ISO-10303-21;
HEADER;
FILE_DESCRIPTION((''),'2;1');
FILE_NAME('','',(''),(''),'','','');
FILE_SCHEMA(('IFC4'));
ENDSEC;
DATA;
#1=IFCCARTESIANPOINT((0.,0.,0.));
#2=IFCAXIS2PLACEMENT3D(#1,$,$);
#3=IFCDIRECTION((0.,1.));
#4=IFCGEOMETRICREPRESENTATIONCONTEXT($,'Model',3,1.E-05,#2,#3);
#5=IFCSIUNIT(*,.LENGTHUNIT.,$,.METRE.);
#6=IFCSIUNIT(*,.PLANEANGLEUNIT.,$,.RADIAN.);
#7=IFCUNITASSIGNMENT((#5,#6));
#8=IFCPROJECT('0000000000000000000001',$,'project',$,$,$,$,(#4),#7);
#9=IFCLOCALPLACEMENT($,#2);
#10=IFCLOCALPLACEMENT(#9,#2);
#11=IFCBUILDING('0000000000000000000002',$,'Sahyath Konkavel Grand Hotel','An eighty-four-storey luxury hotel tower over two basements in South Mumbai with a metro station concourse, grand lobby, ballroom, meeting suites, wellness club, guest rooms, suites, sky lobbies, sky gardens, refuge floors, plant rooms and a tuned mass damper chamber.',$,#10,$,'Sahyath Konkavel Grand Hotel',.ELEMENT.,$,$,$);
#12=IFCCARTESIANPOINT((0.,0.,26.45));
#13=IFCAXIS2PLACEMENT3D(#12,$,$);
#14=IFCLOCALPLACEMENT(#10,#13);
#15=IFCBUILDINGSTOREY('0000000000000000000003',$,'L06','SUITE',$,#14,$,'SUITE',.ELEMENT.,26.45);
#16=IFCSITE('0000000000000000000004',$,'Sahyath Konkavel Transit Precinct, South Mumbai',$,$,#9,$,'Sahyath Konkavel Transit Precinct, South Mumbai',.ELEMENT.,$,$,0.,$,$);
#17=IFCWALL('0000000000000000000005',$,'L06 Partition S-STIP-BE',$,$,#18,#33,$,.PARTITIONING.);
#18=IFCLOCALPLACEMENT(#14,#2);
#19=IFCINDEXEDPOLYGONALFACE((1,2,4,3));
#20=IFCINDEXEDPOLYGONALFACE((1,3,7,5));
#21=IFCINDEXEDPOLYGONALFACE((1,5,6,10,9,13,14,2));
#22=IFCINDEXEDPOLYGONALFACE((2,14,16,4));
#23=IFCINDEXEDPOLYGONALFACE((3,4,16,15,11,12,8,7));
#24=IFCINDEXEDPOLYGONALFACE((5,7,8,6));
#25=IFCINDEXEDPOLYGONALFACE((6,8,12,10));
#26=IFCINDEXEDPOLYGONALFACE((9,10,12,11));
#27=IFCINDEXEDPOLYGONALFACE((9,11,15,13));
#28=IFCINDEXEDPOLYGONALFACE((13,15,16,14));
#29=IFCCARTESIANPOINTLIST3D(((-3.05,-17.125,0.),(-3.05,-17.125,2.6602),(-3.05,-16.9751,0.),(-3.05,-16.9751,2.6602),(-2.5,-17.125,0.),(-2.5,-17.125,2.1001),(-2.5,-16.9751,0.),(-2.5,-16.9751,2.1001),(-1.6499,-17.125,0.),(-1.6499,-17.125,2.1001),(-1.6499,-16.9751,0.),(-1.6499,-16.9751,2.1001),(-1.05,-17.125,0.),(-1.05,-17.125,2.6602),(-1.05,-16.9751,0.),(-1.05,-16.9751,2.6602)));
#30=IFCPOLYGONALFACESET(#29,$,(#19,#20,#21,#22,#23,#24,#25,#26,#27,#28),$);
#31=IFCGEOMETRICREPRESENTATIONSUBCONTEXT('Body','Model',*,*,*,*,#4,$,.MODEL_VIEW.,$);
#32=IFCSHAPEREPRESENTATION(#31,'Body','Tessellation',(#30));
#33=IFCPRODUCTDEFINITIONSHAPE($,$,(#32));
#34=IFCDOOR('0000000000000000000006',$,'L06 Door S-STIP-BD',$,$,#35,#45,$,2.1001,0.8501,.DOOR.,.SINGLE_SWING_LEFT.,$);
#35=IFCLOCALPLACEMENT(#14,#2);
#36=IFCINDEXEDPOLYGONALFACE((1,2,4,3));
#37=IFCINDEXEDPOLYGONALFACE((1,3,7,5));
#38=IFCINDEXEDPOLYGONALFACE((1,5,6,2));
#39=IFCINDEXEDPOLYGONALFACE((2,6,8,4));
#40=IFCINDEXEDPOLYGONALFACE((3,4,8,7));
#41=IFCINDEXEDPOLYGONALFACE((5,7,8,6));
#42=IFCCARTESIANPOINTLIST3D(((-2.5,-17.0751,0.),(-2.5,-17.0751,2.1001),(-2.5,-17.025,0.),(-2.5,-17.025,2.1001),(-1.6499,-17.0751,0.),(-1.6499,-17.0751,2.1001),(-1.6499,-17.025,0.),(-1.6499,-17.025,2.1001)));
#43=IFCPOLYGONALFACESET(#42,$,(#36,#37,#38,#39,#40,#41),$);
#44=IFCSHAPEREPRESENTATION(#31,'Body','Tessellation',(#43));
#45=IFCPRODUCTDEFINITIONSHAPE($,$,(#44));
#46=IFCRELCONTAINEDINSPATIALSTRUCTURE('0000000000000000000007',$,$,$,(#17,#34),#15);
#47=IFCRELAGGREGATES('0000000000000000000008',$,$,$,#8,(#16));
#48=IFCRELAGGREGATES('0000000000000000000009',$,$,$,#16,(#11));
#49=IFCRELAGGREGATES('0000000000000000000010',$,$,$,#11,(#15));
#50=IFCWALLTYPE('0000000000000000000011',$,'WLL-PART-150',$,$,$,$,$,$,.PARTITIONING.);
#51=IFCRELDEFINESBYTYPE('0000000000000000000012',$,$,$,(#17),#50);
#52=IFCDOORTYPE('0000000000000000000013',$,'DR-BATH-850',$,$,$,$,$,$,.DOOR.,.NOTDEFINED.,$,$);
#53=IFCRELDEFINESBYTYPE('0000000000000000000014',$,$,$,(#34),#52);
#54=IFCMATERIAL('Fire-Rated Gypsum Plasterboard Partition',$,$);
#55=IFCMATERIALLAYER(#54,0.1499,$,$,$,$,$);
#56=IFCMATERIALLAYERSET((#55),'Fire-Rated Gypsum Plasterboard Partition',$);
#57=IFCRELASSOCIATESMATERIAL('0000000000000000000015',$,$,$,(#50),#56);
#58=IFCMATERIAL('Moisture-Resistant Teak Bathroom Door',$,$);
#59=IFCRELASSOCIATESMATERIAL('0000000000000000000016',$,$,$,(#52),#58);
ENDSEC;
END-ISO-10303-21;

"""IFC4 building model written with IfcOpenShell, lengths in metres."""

from ifc_helpers import new_model, si_unit, direction, frame, frame_2d, origin, origin_2d, place, context, subcontext, project, spatial, rectangle, extrude, source, transform, mapped, material, layer, layer_set, type_object, element, fill, save


model = new_model("IFC4")

# Units and contexts
model_context = context("Model", 3, precision=1e-05, world=origin(), true_north=direction((0.0, 1.0)))
body_context = subcontext(model_context, "Body", "Model", "MODEL_VIEW")
ifc_project = project(units=[si_unit("LENGTHUNIT", "METRE"), si_unit("PLANEANGLEUNIT", "RADIAN")], contexts=[model_context])

# Site, building, storey
site_placement = place(None, origin())
site = spatial("IfcSite", under=ifc_project, at=site_placement, Name="Sahyath Konkavel Transit Precinct, South Mumbai", LongName="Sahyath Konkavel Transit Precinct, South Mumbai", CompositionType="ELEMENT", RefElevation=0.0)
building_placement = place(site_placement, origin())
building = spatial("IfcBuilding", under=site, at=building_placement, Name="Sahyath Konkavel Grand Hotel", Description="An eighty-four-storey luxury hotel tower over two basements in South Mumbai with a metro station concourse, grand lobby, ballroom, meeting suites, wellness club, guest rooms, suites, sky lobbies, sky gardens, refuge floors, plant rooms and a tuned mass damper chamber.", LongName="Sahyath Konkavel Grand Hotel", CompositionType="ELEMENT")
storey_placement = place(building_placement, frame((0.0, 0.0, 26.45)))
storey = spatial("IfcBuildingStorey", under=building, at=storey_placement, Name="L06", Description="SUITE", LongName="SUITE", CompositionType="ELEMENT", Elevation=26.45)

# Shared definitions
shared_shape_1 = source(origin(), body_context, "Body", "SweptSolid", [
    extrude(rectangle(XDim=0.8501, YDim=0.05, at=origin_2d()), origin(), (0.0, 0.0, 1.0), 2.1001),
])

# Shared definitions
ifc_material_1 = material(Name="Fire-Rated Gypsum Plasterboard Partition")
ifc_layer_1 = layer(ifc_material_1, 0.1499)
ifc_layer_set_1 = layer_set([ifc_layer_1], Name="Fire-Rated Gypsum Plasterboard Partition")
wall_type_1 = type_object("IfcWallType", Name="WLL-PART-150", PredefinedType="PARTITIONING", material=ifc_layer_set_1)

# Wall, opening, door
wall_1_placement = place(storey_placement, frame((-3.05, -17.05, 0.0), z_axis=(0.0, 0.0, 1.0), x_axis=(1.0, 0.0, 0.0)))
wall_1 = element("IfcWall", 1, at=wall_1_placement, inside=storey, type_object=wall_type_1, Name="L06 Partition S-STIP-BE", PredefinedType="PARTITIONING", context=body_context, shape_type="SweptSolid", body=[
    extrude(rectangle(XDim=2.0, YDim=0.1499, at=frame_2d((1.0, 0.0))), origin(), (0.0, 0.0, 1.0), 2.6602),
])
opening_1_placement = place(wall_1_placement, frame((0.55, 0.0, 0.0)))
opening_1 = element("IfcOpeningElement", 2, at=opening_1_placement, cuts=wall_1, PredefinedType="OPENING", context=body_context, shape_type="SweptSolid", body=[
    extrude(rectangle(XDim=0.8501, YDim=2.1001, at=frame_2d((0.425, 1.05))), frame((0.0, 0.085, 0.0), z_axis=(0.0, -1.0, 0.0), x_axis=(1.0, 0.0, 0.0)), (0.0, 0.0, 1.0), 0.1699),
])
ifc_material_2 = material(Name="Moisture-Resistant Teak Bathroom Door")
door_type_1 = type_object("IfcDoorType", Name="DR-BATH-850", OperationType="NOTDEFINED", PredefinedType="DOOR", material=ifc_material_2)
door_1_placement = place(opening_1_placement, frame((0.425, 0.0, 0.0)))
door_1 = element("IfcDoor", 3, at=door_1_placement, inside=storey, type_object=door_type_1, Name="L06 Door S-STIP-BD", OperationType="SINGLE_SWING_LEFT", OverallHeight=2.1001, OverallWidth=0.8501, PredefinedType="DOOR", context=body_context, shape_type="MappedRepresentation", body=[
    mapped(shared_shape_1, transform((0.0, 0.0, 0.0), scale=1.0)),
])
fill(opening_1, door_1)

save(model, "model.ifc")
